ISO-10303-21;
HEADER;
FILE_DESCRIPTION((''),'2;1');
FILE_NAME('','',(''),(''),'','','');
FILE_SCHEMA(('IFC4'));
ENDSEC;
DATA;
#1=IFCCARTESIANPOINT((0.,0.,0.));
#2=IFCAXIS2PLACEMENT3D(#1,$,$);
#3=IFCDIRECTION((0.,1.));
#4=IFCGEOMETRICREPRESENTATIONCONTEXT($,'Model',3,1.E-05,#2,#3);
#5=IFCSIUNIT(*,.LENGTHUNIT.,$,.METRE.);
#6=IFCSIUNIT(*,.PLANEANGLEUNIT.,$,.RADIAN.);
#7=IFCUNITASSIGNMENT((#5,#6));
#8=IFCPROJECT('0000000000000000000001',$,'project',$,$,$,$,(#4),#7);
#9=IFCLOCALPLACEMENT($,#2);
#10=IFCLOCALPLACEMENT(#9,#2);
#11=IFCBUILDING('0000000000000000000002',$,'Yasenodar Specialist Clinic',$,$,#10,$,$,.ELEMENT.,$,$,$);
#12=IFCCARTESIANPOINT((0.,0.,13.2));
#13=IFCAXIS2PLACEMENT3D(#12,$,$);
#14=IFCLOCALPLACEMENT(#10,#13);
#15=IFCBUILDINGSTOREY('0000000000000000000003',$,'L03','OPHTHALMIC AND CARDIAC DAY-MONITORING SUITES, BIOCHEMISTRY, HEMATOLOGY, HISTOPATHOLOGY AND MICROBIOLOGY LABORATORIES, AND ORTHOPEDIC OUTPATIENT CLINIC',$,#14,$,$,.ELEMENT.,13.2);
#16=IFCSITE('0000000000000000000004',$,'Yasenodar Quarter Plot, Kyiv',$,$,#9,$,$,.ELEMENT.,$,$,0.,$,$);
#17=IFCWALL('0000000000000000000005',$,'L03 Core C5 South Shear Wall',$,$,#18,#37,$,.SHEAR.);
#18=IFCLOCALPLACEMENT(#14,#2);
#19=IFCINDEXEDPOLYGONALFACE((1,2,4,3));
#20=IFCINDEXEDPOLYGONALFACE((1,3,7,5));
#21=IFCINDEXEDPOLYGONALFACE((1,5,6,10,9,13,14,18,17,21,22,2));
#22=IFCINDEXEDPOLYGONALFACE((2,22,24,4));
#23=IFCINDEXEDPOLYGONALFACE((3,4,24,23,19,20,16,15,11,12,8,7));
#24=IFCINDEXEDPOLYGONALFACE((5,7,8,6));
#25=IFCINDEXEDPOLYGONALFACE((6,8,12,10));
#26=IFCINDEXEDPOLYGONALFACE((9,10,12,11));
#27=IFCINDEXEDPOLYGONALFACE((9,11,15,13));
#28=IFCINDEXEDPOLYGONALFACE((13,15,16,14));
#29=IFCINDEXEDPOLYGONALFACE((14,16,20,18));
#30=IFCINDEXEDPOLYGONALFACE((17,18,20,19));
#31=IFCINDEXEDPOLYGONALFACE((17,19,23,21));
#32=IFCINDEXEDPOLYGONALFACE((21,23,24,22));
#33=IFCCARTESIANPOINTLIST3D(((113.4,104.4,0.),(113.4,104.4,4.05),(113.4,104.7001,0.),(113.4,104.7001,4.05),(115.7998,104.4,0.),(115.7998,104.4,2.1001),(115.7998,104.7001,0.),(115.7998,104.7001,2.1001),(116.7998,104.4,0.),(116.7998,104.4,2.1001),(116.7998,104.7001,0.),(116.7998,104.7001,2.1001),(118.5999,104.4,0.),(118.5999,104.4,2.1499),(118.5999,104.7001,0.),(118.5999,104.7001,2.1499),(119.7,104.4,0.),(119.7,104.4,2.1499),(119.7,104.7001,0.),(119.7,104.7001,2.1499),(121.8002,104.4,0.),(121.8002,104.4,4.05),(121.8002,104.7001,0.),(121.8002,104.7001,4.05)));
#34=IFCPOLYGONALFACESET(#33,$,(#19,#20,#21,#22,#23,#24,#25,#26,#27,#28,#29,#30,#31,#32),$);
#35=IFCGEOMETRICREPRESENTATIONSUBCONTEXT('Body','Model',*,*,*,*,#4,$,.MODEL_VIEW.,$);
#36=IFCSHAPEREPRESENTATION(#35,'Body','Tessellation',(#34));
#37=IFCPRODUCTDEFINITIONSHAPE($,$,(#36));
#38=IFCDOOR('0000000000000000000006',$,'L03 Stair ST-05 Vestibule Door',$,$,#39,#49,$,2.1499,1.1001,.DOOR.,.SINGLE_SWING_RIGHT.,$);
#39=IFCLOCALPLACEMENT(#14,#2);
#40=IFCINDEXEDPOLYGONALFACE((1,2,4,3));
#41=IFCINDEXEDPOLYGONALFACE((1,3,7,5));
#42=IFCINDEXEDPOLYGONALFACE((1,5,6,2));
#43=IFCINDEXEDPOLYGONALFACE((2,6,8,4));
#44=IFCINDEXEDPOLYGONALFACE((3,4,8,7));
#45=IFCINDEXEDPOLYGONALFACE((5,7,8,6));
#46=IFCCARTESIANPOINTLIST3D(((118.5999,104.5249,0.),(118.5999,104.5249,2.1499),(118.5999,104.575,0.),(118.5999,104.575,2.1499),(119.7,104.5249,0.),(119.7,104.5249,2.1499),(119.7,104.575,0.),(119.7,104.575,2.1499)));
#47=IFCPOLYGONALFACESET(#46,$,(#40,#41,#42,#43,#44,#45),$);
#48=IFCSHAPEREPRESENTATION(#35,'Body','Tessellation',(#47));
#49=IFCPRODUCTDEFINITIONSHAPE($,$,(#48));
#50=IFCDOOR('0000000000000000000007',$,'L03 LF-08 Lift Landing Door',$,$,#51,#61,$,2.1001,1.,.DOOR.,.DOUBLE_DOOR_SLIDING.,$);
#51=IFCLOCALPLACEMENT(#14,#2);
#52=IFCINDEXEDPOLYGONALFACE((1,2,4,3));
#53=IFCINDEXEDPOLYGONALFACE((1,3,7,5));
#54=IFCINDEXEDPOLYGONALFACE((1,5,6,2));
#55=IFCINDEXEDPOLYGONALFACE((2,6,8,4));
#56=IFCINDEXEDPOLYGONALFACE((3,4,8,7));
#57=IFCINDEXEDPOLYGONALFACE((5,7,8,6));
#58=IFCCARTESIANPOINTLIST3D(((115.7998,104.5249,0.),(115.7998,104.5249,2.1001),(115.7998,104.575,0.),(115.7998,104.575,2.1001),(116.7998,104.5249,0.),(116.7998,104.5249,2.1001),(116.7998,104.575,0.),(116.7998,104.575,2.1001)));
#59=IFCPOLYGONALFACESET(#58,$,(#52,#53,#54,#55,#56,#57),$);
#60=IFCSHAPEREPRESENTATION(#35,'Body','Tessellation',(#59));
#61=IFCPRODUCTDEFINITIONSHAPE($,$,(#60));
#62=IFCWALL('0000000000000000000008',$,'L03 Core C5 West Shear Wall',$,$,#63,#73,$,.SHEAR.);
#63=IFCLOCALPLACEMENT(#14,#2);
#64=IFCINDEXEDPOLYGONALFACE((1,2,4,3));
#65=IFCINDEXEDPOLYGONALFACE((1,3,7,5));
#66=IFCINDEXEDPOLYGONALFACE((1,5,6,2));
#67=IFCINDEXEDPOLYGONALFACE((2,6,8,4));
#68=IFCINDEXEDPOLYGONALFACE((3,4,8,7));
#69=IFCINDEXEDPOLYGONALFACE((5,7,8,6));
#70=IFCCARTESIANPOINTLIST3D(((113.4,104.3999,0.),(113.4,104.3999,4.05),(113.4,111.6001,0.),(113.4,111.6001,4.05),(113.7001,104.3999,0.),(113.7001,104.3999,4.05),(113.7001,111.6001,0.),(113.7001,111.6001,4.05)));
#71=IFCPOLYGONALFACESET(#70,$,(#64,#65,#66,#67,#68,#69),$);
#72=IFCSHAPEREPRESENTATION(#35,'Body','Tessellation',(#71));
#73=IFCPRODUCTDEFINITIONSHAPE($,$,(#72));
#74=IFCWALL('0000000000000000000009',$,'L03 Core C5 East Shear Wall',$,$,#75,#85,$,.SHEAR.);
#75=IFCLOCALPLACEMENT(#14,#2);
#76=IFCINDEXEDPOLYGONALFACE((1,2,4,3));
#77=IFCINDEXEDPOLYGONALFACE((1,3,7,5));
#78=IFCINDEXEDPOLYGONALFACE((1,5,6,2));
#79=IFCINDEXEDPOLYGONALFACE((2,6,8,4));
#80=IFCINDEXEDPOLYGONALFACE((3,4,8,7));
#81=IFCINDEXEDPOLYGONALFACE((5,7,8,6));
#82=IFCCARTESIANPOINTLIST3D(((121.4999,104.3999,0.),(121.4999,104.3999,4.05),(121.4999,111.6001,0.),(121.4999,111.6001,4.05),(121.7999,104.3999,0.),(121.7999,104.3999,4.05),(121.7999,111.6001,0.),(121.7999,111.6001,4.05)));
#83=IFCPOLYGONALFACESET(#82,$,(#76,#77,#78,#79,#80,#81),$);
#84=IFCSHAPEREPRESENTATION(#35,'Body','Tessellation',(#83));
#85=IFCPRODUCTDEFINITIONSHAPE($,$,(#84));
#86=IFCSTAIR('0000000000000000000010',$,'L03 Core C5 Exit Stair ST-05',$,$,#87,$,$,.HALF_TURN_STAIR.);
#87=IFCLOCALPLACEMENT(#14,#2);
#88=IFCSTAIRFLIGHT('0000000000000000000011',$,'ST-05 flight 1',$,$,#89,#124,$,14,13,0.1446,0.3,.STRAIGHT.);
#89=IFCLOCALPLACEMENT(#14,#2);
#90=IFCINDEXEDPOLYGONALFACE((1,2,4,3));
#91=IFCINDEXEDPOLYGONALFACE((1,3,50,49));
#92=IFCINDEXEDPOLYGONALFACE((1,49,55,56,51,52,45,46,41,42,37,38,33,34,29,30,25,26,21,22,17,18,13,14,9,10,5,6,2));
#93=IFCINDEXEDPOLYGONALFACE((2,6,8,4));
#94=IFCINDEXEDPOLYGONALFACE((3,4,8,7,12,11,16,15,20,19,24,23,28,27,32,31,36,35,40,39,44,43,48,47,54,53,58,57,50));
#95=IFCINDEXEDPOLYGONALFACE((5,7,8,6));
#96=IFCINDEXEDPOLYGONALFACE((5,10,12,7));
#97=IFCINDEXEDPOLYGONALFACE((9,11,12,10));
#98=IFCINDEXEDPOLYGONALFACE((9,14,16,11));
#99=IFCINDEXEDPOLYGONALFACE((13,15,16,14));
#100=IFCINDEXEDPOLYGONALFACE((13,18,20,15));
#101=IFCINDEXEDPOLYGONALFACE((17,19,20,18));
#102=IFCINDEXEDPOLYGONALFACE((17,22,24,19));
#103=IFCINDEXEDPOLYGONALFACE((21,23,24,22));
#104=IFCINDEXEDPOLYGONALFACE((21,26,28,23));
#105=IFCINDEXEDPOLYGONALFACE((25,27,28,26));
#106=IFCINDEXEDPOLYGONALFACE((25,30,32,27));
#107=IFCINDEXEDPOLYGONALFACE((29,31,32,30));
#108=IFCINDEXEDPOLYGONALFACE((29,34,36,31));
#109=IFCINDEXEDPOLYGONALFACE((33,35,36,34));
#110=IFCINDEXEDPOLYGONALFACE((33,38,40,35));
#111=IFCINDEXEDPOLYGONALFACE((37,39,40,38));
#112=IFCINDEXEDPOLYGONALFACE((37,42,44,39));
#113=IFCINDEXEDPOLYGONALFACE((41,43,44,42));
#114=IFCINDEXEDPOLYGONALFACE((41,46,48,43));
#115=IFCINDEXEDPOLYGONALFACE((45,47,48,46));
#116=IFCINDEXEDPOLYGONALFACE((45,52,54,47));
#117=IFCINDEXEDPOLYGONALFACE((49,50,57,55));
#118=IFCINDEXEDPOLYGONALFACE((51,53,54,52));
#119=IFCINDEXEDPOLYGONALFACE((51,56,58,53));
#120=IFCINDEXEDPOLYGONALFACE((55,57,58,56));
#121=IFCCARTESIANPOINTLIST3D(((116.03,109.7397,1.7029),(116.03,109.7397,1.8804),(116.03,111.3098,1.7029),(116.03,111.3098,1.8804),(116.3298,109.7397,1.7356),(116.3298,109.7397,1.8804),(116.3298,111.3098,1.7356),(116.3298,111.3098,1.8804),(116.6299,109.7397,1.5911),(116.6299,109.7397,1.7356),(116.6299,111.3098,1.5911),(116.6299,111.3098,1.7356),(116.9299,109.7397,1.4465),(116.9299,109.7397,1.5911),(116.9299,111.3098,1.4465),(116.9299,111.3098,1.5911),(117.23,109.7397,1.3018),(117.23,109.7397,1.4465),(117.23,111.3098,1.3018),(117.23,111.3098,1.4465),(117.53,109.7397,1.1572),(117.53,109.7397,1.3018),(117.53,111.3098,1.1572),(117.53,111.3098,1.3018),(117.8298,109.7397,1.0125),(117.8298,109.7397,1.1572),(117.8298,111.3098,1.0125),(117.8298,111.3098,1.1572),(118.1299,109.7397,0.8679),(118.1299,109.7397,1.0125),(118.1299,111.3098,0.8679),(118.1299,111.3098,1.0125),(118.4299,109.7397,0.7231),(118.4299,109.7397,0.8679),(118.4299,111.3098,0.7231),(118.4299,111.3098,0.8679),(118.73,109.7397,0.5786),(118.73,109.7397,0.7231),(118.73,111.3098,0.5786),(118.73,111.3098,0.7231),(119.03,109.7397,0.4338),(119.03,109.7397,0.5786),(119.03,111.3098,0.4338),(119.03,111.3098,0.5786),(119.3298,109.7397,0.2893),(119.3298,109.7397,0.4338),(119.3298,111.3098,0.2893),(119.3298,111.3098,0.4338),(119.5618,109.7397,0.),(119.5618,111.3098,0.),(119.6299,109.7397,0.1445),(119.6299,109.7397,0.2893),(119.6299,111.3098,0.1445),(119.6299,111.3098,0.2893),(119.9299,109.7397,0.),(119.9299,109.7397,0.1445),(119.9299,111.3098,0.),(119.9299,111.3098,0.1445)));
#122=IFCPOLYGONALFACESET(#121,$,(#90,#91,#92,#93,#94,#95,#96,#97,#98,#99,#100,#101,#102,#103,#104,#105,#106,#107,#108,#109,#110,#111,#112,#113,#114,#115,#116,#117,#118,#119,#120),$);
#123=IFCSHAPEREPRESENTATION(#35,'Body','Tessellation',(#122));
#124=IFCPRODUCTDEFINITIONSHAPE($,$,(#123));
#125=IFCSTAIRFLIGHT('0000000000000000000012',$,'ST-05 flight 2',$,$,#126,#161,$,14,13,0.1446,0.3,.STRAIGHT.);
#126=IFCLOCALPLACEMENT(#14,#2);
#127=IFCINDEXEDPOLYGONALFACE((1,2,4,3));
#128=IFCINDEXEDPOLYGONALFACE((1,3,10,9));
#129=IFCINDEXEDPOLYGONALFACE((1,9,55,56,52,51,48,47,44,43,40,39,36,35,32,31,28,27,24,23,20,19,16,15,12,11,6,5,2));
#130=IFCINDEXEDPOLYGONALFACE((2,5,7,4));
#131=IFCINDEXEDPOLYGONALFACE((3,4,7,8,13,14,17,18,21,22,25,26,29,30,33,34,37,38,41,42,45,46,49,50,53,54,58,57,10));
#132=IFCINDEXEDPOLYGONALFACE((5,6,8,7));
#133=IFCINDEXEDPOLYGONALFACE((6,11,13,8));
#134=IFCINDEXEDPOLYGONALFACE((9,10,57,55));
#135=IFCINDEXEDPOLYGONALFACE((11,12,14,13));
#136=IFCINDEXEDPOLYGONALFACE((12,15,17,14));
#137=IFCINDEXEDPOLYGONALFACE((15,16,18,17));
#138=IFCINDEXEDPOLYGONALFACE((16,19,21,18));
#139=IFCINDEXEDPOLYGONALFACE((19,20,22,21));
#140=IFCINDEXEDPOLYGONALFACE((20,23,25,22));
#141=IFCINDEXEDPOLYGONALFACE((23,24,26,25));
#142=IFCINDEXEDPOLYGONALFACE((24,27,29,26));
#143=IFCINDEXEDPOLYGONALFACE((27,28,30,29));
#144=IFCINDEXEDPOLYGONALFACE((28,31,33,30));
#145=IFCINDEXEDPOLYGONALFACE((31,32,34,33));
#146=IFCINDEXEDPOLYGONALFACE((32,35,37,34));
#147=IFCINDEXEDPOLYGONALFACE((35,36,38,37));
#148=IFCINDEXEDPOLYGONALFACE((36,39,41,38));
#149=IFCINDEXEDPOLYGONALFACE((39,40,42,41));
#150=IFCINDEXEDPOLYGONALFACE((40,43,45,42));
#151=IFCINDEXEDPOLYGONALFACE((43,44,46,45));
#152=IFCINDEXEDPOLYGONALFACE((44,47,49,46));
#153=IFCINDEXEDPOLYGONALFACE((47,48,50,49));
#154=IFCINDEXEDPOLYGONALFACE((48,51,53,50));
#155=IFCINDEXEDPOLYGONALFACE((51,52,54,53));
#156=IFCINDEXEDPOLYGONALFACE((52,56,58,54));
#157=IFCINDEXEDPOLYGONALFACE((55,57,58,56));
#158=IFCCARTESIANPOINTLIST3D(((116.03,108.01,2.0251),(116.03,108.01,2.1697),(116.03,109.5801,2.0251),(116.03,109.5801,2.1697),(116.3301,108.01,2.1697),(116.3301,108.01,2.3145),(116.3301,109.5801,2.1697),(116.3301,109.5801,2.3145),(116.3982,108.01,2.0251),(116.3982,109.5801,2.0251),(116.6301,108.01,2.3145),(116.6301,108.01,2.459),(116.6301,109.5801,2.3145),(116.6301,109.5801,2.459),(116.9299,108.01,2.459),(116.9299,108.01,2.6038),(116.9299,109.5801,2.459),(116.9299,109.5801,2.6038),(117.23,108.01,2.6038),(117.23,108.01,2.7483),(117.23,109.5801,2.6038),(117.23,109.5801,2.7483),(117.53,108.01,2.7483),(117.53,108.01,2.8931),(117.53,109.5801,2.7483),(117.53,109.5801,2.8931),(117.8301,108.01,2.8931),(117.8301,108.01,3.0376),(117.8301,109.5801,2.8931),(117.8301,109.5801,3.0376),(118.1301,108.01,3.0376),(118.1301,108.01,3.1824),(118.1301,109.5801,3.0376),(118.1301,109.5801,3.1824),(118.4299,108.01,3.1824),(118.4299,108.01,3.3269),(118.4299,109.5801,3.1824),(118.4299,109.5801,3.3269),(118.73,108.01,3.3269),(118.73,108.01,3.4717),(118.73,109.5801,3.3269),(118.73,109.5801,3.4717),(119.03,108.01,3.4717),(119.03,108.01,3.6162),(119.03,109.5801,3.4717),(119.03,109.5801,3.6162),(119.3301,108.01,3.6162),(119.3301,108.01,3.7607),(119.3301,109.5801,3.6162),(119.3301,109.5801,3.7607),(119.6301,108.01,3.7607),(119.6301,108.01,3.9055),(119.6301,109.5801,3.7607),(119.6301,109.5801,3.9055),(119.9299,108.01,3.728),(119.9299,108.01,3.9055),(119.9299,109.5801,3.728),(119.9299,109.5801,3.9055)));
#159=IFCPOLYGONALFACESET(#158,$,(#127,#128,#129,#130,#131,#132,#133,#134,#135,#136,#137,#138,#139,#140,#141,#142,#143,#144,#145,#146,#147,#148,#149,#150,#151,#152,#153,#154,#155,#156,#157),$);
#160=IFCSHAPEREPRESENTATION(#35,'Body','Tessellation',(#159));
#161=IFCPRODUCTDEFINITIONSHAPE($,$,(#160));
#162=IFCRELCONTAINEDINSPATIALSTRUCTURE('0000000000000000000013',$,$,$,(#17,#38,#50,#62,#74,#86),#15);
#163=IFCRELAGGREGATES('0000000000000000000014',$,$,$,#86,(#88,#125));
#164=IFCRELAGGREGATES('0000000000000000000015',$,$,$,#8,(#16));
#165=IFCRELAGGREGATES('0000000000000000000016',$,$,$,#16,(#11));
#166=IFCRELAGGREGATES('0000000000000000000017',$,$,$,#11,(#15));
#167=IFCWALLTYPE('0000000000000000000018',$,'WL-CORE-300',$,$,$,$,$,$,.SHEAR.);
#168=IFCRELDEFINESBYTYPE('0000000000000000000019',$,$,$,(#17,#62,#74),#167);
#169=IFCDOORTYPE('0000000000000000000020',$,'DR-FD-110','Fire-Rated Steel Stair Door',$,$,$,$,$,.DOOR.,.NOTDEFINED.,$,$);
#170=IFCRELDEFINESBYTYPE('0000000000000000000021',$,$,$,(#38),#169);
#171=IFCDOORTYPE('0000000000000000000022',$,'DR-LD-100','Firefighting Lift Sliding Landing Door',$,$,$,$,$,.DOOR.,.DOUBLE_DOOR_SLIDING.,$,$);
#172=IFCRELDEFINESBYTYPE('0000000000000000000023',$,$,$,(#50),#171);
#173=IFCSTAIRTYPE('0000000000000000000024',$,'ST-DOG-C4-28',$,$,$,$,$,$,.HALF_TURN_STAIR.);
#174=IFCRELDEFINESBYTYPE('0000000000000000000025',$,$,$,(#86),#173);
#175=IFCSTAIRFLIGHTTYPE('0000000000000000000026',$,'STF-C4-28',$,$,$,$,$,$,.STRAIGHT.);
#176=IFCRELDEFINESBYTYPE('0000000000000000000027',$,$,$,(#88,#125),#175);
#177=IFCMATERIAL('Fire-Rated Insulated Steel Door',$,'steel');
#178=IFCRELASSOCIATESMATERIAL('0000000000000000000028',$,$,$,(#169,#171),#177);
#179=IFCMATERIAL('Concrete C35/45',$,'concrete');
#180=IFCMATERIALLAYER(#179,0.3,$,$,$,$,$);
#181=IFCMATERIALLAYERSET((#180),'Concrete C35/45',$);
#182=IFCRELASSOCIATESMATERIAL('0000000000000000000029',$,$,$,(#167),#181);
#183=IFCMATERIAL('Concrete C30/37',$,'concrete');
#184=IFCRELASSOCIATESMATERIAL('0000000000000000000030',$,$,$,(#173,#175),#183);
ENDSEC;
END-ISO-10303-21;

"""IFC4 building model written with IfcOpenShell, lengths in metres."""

from ifc_helpers import new_model, si_unit, direction, frame, frame_2d, origin, place, context, subcontext, project, spatial, polyline, rectangle, outline, extrude, material, layer, layer_set, type_object, element, fill, aggregate, save


model = new_model("IFC4")

# Units and contexts
model_context = context("Model", 3, precision=1e-05, world=origin(), true_north=direction((0.0, 1.0)))
body_context = subcontext(model_context, "Body", "Model", "MODEL_VIEW")
ifc_project = project(units=[si_unit("LENGTHUNIT", "METRE"), si_unit("PLANEANGLEUNIT", "RADIAN")], contexts=[model_context])

# Site, building, storey
site_placement = place(None, origin())
site = spatial("IfcSite", under=ifc_project, at=site_placement, Name="Yasenodar Quarter Plot, Kyiv", CompositionType="ELEMENT", RefElevation=0.0)
building_placement = place(site_placement, origin())
building = spatial("IfcBuilding", under=site, at=building_placement, Name="Yasenodar Specialist Clinic", CompositionType="ELEMENT")
storey_placement = place(building_placement, frame((0.0, 0.0, 13.2)))
storey = spatial("IfcBuildingStorey", under=building, at=storey_placement, Name="L03", Description="OPHTHALMIC AND CARDIAC DAY-MONITORING SUITES, BIOCHEMISTRY, HEMATOLOGY, HISTOPATHOLOGY AND MICROBIOLOGY LABORATORIES, AND ORTHOPEDIC OUTPATIENT CLINIC", CompositionType="ELEMENT", Elevation=13.2)

# Shared definitions
ifc_material_1 = material(Name="Fire-Rated Insulated Steel Door", Category="steel")

# Shared definitions
ifc_material_2 = material(Name="Concrete C35/45", Category="concrete")
door_type_1 = type_object("IfcDoorType", Name="DR-FD-110", Description="Fire-Rated Steel Stair Door", OperationType="NOTDEFINED", PredefinedType="DOOR", material=ifc_material_1)

# Shared definitions
ifc_layer_1 = layer(ifc_material_2, 0.3)
ifc_layer_set_1 = layer_set([ifc_layer_1], Name="Concrete C35/45")
wall_type_1 = type_object("IfcWallType", Name="WL-CORE-300", PredefinedType="SHEAR", material=ifc_layer_set_1)

# Wall, openings, doors
wall_1_placement = place(storey_placement, frame((113.3999, 104.55, 0.0), z_axis=(0.0, 0.0, 1.0), x_axis=(1.0, 0.0, 0.0)))
wall_1 = element("IfcWall", 1, at=wall_1_placement, inside=storey, type_object=wall_type_1, Name="L03 Core C5 South Shear Wall", PredefinedType="SHEAR", context=body_context, shape_type="SweptSolid", body=[
    extrude(rectangle(XDim=8.4001, YDim=0.3, at=frame_2d((4.2002, 0.0))), origin(), (0.0, 0.0, 1.0), 4.05),
])
opening_1_placement = place(wall_1_placement, frame((5.2, 0.0, 0.0)))
opening_1 = element("IfcOpeningElement", 2, at=opening_1_placement, cuts=wall_1, PredefinedType="OPENING", context=body_context, shape_type="SweptSolid", body=[
    extrude(rectangle(XDim=1.1001, YDim=2.1499, at=frame_2d((0.55, 1.075))), frame((0.0, 0.1602, 0.0), z_axis=(0.0, -1.0, 0.0), x_axis=(1.0, 0.0, 0.0)), (0.0, 0.0, 1.0), 0.3201),
])
opening_2_placement = place(wall_1_placement, frame((2.3999, 0.0, 0.0)))
opening_2 = element("IfcOpeningElement", 3, at=opening_2_placement, cuts=wall_1, PredefinedType="OPENING", context=body_context, shape_type="SweptSolid", body=[
    extrude(rectangle(XDim=1.0, YDim=2.1001, at=frame_2d((0.5, 1.05))), frame((0.0, 0.1602, 0.0), z_axis=(0.0, -1.0, 0.0), x_axis=(1.0, 0.0, 0.0)), (0.0, 0.0, 1.0), 0.3201),
])
door_1_placement = place(opening_1_placement, origin())
door_1 = element("IfcDoor", 4, at=door_1_placement, inside=storey, type_object=door_type_1, Name="L03 Stair ST-05 Vestibule Door", OperationType="SINGLE_SWING_RIGHT", OverallHeight=2.1499, OverallWidth=1.1001, PredefinedType="DOOR", context=body_context, shape_type="SweptSolid", body=[
    extrude(rectangle(XDim=1.1001, YDim=2.1499, at=frame_2d((0.55, 1.075))), frame((0.0, 0.0249, 0.0), z_axis=(0.0, -1.0, 0.0), x_axis=(1.0, 0.0, 0.0)), (0.0, 0.0, 1.0), 0.05),
])
fill(opening_1, door_1)
door_type_2 = type_object("IfcDoorType", Name="DR-LD-100", Description="Firefighting Lift Sliding Landing Door", OperationType="DOUBLE_DOOR_SLIDING", PredefinedType="DOOR", material=ifc_material_1)
door_2_placement = place(opening_2_placement, origin())
door_2 = element("IfcDoor", 5, at=door_2_placement, inside=storey, type_object=door_type_2, Name="L03 LF-08 Lift Landing Door", OperationType="DOUBLE_DOOR_SLIDING", OverallHeight=2.1001, OverallWidth=1.0, PredefinedType="DOOR", context=body_context, shape_type="SweptSolid", body=[
    extrude(rectangle(XDim=1.0, YDim=2.1001, at=frame_2d((0.5, 1.05))), frame((0.0, 0.0249, 0.0), z_axis=(0.0, -1.0, 0.0), x_axis=(1.0, 0.0, 0.0)), (0.0, 0.0, 1.0), 0.05),
])
fill(opening_2, door_2)

# Walls
for number, where, z_axis, x_axis, name in (
    (6, (113.55, 104.3999, 0.0), (0.0, 0.0, 1.0), (0.0, 1.0, 0.0), "L03 Core C5 West Shear Wall"),
    (7, (121.6499, 111.6001, 0.0), (0.0, 0.0, 1.0), (0.0, -1.0, 0.0), "L03 Core C5 East Shear Wall"),
):
    element("IfcWall", number, at=place(storey_placement, frame(where, z_axis=z_axis, x_axis=x_axis)), inside=storey, type_object=wall_type_1, Name=name, PredefinedType="SHEAR", context=body_context, shape_type="SweptSolid", body=[
        extrude(rectangle(XDim=7.2002, YDim=0.3, at=frame_2d((3.6001, 0.0))), origin(), (0.0, 0.0, 1.0), 4.05),
    ])

# Stair, stair flights
ifc_material_3 = material(Name="Concrete C30/37", Category="concrete")
stair_type = type_object("IfcStairType", Name="ST-DOG-C4-28", PredefinedType="HALF_TURN_STAIR", material=ifc_material_3)
stair_placement = place(storey_placement, origin())
stair = element("IfcStair", 8, at=stair_placement, inside=storey, type_object=stair_type, Name="L03 Core C5 Exit Stair ST-05", PredefinedType="HALF_TURN_STAIR")
stair_flight_type = type_object("IfcStairFlightType", Name="STF-C4-28", PredefinedType="STRAIGHT", material=ifc_material_3)
stair_flight_1_placement = place(storey_placement, frame((119.9299, 110.5249, 0.0), z_axis=(0.0, 0.0, 1.0), x_axis=(-1.0, 0.0, 0.0)))
stair_flight_1 = element("IfcStairFlight", 9, at=stair_flight_1_placement, type_object=stair_flight_type, Name="ST-05 flight 1", NumberOfRisers=14, NumberOfTreads=13, PredefinedType="STRAIGHT", RiserHeight=0.1446, TreadLength=0.3, context=body_context, shape_type="SweptSolid", body=[
    extrude(outline(polyline([(0.0, 0.0), (0.0, 0.1445), (0.3, 0.1445), (0.3, 0.2893), (0.6001, 0.2893), (0.6001, 0.4338), (0.8999, 0.4338), (0.8999, 0.5786), (1.2, 0.5786), (1.2, 0.7231), (1.5, 0.7231), (1.5, 0.8679), (1.8, 0.8679), (1.8, 1.0125), (2.1001, 1.0125), (2.1001, 1.1572), (2.3999, 1.1572), (2.3999, 1.3018), (2.7, 1.3018), (2.7, 1.4465), (3.0, 1.4465), (3.0, 1.5911), (3.3, 1.5911), (3.3, 1.7356), (3.6001, 1.7356), (3.6001, 1.8804), (3.8999, 1.8804), (3.8999, 2.0249), (3.8999, 1.7029), (0.3682, 0.0), (0.0, 0.0)])), frame((0.0, 0.7852, 0.0), z_axis=(0.0, -1.0, 0.0), x_axis=(1.0, 0.0, 0.0)), (0.0, 0.0, 1.0), 1.5701),
])
stair_flight_2_placement = place(storey_placement, frame((116.03, 108.7949, 2.0251), z_axis=(0.0, 0.0, 1.0), x_axis=(1.0, 0.0, 0.0)))
stair_flight_2 = element("IfcStairFlight", 10, at=stair_flight_2_placement, type_object=stair_flight_type, Name="ST-05 flight 2", NumberOfRisers=14, NumberOfTreads=13, PredefinedType="STRAIGHT", RiserHeight=0.1446, TreadLength=0.3, context=body_context, shape_type="SweptSolid", body=[
    extrude(outline(polyline([(0.0, 0.0), (0.0, 0.1445), (0.3, 0.1445), (0.3, 0.2893), (0.6001, 0.2893), (0.6001, 0.4338), (0.8999, 0.4338), (0.8999, 0.5786), (1.2, 0.5786), (1.2, 0.7231), (1.5, 0.7231), (1.5, 0.8679), (1.8, 0.8679), (1.8, 1.0125), (2.1001, 1.0125), (2.1001, 1.1572), (2.3999, 1.1572), (2.3999, 1.3018), (2.7, 1.3018), (2.7, 1.4465), (3.0, 1.4465), (3.0, 1.5911), (3.3, 1.5911), (3.3, 1.7356), (3.6001, 1.7356), (3.6001, 1.8804), (3.8999, 1.8804), (3.8999, 2.0249), (3.8999, 1.7029), (0.3682, 0.0), (0.0, 0.0)])), frame((0.0, 0.7852, 0.0), z_axis=(0.0, -1.0, 0.0), x_axis=(1.0, 0.0, 0.0)), (0.0, 0.0, 1.0), 1.5701),
])
aggregate(stair, [stair_flight_1, stair_flight_2])

save(model, "model.ifc")
